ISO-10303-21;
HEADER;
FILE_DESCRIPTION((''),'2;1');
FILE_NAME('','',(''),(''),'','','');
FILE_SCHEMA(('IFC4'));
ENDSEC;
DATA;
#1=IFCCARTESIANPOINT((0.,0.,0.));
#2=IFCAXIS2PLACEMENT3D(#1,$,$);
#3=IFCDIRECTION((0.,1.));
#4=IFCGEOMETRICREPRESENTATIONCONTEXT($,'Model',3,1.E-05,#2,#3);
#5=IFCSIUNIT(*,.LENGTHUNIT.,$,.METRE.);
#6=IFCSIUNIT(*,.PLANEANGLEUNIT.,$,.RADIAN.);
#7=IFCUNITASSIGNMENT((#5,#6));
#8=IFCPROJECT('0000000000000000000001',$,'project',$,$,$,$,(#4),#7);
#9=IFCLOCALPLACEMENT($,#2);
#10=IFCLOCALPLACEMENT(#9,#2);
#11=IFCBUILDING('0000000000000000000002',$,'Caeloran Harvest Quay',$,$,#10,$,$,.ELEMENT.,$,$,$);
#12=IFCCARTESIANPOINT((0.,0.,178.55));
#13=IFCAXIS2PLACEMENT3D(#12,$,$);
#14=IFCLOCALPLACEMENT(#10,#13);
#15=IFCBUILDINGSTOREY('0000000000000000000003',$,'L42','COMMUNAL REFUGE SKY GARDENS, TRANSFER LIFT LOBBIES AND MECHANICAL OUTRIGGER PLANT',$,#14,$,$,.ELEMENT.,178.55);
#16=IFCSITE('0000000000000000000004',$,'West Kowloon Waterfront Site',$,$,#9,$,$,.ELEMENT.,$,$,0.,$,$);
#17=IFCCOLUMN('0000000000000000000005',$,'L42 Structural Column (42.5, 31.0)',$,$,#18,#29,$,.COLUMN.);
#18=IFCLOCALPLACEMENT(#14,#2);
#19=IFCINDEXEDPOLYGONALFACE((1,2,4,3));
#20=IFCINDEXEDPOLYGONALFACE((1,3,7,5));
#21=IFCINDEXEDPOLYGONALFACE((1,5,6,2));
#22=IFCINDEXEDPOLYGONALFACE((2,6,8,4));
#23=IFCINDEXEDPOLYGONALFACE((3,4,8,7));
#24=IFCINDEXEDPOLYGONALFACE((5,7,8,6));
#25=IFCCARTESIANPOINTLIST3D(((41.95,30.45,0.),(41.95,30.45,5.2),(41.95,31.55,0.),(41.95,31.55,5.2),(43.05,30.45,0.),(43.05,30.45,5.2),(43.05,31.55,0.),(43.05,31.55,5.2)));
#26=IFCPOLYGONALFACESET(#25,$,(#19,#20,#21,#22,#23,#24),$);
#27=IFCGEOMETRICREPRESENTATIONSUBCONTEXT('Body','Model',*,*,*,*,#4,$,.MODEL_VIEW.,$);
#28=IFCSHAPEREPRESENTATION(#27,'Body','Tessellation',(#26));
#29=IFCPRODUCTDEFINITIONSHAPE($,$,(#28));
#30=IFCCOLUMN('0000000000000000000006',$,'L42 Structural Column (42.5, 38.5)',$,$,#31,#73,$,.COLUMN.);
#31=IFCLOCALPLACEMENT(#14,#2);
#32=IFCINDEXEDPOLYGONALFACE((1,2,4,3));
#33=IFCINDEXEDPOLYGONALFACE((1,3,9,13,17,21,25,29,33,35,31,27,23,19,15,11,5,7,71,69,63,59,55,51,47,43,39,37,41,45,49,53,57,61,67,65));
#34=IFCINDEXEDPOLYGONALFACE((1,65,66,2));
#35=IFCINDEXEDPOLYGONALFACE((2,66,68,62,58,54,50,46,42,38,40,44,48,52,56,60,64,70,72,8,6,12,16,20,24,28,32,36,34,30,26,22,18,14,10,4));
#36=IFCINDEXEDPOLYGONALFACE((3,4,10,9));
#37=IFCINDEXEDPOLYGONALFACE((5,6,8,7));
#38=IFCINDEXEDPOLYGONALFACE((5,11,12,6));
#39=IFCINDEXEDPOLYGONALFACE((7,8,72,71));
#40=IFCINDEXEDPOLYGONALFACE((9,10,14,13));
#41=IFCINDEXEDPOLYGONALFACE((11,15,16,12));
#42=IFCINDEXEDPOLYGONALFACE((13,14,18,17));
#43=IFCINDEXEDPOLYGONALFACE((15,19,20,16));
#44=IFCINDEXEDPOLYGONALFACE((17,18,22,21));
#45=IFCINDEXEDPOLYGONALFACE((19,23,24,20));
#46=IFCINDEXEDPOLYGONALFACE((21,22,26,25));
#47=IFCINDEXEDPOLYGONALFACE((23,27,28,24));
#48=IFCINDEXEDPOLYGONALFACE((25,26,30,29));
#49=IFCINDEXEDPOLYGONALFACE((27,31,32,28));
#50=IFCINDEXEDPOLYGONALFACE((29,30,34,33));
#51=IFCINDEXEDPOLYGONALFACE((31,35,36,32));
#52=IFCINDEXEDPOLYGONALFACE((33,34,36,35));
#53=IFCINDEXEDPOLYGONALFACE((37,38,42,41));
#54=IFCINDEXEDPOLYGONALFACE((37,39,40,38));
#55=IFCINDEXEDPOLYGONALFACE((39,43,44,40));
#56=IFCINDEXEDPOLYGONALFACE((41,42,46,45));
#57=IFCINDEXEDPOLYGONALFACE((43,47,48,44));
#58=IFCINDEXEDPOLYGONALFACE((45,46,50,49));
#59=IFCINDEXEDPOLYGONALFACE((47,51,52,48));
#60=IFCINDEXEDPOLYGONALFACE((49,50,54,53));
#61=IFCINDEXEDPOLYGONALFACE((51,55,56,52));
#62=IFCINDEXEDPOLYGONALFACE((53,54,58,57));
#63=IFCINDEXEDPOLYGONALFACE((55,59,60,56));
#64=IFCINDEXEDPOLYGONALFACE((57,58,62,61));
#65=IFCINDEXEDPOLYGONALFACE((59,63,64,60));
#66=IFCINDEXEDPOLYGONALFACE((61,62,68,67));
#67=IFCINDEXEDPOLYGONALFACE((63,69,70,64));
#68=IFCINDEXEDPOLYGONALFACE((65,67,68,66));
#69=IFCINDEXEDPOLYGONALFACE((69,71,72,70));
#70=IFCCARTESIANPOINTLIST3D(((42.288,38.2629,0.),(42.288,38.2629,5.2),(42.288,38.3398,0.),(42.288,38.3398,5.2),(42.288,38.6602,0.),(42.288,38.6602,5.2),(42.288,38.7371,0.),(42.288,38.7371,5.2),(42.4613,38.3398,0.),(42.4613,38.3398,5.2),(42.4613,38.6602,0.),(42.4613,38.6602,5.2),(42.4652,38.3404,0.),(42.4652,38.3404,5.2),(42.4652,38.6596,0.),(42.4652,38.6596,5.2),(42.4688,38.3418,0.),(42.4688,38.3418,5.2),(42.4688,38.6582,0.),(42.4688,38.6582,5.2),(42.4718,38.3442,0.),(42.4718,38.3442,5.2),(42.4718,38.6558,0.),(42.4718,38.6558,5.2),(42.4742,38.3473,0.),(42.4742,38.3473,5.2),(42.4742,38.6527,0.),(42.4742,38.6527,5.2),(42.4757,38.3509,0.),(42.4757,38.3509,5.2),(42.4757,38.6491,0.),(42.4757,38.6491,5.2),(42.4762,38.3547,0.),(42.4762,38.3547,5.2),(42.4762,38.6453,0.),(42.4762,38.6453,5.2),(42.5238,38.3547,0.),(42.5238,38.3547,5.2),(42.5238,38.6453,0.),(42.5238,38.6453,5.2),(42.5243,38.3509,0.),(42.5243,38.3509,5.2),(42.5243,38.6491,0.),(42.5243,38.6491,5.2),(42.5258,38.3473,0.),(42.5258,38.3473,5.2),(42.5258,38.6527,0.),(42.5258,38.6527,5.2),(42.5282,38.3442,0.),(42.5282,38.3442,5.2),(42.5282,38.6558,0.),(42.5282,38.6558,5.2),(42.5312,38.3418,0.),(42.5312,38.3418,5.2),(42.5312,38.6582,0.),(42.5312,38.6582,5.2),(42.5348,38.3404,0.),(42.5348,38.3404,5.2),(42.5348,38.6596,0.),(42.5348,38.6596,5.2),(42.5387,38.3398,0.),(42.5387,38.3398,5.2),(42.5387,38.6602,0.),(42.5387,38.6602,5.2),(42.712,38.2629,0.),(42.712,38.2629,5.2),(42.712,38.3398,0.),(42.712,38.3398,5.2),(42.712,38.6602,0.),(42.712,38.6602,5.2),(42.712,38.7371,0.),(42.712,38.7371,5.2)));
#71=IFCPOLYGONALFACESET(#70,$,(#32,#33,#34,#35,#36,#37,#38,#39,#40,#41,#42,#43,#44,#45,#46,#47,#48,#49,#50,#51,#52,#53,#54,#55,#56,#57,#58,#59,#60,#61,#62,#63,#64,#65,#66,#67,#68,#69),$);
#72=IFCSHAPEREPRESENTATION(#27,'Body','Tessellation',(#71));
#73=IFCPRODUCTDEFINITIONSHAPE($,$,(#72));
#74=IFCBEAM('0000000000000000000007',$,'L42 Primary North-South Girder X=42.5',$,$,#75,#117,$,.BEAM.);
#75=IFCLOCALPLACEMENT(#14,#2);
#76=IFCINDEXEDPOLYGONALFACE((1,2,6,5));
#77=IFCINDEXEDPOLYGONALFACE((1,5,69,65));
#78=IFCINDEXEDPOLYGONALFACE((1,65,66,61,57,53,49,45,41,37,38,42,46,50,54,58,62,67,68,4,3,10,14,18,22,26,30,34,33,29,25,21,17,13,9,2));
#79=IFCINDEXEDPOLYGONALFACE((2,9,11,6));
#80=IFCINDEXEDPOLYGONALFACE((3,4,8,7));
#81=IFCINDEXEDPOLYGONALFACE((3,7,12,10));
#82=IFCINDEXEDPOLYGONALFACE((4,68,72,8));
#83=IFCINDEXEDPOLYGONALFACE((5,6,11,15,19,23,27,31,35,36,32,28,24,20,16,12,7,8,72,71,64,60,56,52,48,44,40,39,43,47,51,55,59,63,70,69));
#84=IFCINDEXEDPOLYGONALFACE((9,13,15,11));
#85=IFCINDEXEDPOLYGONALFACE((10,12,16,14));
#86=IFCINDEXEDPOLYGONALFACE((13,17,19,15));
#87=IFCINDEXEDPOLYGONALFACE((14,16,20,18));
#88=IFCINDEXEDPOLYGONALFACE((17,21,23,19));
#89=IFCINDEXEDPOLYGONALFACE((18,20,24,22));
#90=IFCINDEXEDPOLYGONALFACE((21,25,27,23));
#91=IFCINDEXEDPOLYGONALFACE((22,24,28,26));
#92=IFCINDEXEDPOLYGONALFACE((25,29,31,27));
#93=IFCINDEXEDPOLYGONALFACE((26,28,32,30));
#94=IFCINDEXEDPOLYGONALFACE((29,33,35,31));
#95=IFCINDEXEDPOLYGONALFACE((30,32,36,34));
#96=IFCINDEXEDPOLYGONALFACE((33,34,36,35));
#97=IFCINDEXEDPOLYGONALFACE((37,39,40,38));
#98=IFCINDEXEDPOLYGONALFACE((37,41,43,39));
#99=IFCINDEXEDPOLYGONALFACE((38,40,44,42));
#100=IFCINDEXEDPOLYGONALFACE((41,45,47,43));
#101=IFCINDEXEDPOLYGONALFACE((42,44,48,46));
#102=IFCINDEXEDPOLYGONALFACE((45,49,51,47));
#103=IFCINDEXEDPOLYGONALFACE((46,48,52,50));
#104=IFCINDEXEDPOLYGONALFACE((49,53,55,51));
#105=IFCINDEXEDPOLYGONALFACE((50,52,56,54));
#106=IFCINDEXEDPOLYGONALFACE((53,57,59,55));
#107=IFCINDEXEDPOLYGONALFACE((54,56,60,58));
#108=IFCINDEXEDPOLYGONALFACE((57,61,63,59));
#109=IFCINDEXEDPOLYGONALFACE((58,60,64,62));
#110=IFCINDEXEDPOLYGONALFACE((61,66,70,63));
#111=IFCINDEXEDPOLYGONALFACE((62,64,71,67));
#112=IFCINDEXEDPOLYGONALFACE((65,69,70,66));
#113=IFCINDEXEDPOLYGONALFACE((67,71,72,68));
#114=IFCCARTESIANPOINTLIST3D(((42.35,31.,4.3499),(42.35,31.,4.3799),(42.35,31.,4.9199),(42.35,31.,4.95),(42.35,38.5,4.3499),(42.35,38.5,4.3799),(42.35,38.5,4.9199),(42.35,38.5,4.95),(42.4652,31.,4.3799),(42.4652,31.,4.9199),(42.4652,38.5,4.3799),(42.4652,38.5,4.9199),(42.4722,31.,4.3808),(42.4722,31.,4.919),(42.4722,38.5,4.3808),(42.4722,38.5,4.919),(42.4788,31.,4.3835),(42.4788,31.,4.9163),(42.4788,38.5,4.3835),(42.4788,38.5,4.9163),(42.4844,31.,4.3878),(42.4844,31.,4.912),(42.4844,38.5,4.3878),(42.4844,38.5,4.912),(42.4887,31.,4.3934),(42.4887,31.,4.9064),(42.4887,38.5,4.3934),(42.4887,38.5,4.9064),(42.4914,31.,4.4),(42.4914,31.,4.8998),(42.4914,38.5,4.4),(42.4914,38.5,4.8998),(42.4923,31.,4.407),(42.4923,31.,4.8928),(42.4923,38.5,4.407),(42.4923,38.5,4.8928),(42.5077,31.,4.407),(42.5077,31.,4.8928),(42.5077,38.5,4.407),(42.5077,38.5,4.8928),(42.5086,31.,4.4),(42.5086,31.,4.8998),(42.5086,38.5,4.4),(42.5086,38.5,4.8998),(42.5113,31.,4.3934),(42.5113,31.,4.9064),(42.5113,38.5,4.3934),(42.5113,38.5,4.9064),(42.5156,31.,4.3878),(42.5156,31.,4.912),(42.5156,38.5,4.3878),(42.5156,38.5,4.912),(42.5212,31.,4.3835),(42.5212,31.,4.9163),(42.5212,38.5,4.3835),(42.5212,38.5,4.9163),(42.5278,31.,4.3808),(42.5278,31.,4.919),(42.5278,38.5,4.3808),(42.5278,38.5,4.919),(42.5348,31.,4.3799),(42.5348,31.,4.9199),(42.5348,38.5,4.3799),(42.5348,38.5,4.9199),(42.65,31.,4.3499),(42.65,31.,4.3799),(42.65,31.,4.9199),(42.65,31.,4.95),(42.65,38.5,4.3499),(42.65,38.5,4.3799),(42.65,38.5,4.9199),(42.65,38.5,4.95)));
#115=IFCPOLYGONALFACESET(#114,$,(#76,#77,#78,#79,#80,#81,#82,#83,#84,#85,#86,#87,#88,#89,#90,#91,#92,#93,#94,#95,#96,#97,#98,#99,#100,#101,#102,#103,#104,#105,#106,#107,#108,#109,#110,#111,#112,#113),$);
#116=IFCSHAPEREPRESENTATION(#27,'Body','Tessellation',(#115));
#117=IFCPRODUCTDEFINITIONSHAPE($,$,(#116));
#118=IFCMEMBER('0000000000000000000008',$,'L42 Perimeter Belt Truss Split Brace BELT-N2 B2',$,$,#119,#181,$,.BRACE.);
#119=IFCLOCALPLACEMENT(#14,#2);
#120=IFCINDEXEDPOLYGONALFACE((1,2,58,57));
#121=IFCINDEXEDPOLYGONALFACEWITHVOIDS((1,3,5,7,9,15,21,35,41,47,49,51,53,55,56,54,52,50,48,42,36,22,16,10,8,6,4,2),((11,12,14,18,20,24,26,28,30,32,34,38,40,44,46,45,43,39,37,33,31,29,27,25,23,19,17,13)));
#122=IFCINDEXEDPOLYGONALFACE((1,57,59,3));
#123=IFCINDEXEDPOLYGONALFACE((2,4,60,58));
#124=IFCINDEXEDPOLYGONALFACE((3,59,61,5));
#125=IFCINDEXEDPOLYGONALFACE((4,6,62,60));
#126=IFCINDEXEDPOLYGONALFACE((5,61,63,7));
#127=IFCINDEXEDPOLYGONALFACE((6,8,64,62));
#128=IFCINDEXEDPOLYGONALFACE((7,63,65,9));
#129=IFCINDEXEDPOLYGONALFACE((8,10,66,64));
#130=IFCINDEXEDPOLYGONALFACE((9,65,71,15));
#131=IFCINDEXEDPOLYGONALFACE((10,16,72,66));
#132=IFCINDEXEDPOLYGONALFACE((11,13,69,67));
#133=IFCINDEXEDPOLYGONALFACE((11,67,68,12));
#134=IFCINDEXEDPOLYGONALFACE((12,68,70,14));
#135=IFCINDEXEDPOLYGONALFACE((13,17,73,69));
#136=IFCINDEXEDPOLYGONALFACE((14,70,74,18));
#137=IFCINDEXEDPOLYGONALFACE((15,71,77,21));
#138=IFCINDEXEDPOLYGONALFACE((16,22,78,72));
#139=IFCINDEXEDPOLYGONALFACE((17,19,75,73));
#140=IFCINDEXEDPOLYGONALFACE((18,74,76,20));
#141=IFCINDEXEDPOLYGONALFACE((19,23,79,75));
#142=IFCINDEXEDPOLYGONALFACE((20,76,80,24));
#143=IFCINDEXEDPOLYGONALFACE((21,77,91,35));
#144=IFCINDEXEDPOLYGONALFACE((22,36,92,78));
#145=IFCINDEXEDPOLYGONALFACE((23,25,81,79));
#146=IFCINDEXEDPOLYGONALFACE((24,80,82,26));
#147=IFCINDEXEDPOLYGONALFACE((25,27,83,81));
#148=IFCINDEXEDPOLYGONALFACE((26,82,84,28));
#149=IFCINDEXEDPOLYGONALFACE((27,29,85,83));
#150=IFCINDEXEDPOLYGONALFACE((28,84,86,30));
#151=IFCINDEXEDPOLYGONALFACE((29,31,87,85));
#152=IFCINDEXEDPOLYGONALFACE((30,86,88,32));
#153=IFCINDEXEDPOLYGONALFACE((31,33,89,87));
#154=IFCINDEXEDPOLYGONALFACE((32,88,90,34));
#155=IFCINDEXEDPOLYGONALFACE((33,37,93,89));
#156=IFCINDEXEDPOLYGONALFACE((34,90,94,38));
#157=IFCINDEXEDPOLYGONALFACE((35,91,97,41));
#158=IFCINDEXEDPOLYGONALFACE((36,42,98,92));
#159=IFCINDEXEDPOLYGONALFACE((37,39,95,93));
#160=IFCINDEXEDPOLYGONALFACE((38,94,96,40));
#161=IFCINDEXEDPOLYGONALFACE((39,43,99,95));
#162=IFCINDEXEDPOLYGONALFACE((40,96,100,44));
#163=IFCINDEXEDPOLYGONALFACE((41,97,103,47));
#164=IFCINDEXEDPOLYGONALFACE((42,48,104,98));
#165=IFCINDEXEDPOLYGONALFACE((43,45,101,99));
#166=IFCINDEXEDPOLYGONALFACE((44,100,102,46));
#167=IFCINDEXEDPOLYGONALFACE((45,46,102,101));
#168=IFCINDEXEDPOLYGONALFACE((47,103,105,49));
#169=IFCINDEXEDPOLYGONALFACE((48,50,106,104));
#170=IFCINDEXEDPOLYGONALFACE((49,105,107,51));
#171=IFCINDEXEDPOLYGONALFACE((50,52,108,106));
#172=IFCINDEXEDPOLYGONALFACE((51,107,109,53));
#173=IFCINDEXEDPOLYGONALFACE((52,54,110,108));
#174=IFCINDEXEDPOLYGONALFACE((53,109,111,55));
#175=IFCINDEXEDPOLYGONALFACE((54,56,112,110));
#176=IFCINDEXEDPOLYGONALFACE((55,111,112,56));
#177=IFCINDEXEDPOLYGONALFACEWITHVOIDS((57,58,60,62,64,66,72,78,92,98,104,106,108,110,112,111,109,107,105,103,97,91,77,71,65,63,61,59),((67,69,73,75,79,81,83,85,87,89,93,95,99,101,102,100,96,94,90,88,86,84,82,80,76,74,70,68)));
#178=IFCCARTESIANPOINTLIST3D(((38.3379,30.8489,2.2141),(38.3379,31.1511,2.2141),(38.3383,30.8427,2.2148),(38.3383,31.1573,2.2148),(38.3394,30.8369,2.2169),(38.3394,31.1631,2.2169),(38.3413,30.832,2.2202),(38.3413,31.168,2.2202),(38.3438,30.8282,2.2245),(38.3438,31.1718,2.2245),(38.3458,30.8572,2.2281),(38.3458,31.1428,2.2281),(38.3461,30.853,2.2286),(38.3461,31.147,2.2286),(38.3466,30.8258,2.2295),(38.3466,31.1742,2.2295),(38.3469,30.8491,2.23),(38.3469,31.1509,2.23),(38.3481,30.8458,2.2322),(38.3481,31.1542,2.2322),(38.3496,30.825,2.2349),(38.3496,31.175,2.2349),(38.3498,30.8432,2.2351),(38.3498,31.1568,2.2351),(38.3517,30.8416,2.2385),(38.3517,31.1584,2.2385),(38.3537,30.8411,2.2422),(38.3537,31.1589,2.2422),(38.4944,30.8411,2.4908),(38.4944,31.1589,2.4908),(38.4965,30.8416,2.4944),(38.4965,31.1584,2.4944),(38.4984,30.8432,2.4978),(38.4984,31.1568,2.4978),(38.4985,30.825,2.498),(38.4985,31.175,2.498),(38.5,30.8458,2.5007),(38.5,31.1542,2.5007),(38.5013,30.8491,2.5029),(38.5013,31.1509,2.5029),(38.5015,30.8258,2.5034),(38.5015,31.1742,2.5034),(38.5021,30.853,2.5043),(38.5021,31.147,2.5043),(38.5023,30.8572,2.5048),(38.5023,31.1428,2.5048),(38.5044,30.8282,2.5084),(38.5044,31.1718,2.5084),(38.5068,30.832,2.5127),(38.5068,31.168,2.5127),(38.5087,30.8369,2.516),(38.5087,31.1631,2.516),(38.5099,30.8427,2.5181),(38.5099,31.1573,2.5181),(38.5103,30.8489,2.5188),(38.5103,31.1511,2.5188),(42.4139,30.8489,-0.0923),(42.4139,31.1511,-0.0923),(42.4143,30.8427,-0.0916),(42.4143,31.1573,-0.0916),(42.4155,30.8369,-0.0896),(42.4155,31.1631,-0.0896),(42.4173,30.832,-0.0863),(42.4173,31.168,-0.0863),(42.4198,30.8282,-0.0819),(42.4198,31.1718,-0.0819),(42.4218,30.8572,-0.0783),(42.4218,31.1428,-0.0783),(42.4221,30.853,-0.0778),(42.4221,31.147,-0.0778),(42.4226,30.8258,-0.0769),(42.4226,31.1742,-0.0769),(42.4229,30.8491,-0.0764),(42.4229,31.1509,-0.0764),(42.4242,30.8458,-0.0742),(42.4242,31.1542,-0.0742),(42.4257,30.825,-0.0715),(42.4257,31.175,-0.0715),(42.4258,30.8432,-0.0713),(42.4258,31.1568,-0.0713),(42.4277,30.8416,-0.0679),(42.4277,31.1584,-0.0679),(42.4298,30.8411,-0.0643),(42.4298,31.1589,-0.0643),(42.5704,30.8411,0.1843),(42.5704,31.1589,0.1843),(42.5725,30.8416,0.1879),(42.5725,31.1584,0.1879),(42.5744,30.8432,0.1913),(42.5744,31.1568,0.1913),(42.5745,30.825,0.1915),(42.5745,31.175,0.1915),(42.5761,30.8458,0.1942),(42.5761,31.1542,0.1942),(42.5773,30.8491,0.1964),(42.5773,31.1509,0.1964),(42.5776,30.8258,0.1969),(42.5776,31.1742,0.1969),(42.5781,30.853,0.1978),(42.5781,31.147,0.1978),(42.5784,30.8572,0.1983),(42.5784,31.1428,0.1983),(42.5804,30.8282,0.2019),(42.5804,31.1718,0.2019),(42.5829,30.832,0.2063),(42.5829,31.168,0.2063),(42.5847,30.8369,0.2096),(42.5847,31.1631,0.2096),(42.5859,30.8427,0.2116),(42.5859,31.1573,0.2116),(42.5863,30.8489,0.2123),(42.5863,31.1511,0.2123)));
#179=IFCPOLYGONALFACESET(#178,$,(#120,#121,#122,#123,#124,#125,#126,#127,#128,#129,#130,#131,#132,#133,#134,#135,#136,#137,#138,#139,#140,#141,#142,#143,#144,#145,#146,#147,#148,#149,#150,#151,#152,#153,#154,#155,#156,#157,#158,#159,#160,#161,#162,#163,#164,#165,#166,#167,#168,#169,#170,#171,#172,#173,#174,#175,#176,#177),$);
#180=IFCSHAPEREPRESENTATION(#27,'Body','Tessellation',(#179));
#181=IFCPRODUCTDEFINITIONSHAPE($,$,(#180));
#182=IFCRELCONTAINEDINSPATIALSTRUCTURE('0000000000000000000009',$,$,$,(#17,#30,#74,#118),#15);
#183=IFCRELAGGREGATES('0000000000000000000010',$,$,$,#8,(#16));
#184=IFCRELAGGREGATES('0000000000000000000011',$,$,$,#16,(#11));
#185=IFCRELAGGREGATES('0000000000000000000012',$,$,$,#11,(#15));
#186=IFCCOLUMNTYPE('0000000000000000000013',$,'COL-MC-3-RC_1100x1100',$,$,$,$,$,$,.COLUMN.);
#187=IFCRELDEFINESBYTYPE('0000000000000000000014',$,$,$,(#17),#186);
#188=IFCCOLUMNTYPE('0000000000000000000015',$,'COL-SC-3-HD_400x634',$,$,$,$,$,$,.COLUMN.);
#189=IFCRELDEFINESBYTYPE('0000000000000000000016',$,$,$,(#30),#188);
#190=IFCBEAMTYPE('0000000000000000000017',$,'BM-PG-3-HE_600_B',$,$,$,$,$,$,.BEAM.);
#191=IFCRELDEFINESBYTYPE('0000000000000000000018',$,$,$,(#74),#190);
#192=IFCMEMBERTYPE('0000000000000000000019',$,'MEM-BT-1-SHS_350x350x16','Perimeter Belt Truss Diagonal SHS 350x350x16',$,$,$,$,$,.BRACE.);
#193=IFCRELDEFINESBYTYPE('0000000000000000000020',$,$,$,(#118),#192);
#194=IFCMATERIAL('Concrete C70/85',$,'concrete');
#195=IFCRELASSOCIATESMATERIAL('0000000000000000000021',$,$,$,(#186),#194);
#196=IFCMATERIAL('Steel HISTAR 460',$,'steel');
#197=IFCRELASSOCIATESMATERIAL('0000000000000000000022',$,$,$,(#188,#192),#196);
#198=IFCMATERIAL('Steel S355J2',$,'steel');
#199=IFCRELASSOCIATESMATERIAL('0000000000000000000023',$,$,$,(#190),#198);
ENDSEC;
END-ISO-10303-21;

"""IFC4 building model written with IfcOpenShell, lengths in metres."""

from ifc_helpers import new_model, si_unit, direction, frame, origin, origin_2d, place, context, subcontext, project, spatial, rectangle, hollow_rectangle, i_section, extrude, material, material_profile, profile_set, type_object, element, save


model = new_model("IFC4")

# Units and contexts
model_context = context("Model", 3, precision=1e-05, world=origin(), true_north=direction((0.0, 1.0)))
body_context = subcontext(model_context, "Body", "Model", "MODEL_VIEW")
ifc_project = project(units=[si_unit("LENGTHUNIT", "METRE"), si_unit("PLANEANGLEUNIT", "RADIAN")], contexts=[model_context])

# Site, building, storey
site_placement = place(None, origin())
site = spatial("IfcSite", under=ifc_project, at=site_placement, Name="West Kowloon Waterfront Site", CompositionType="ELEMENT", RefElevation=0.0)
building_placement = place(site_placement, origin())
building = spatial("IfcBuilding", under=site, at=building_placement, Name="Caeloran Harvest Quay", CompositionType="ELEMENT")
storey_placement = place(building_placement, frame((0.0, 0.0, 178.55)))
storey = spatial("IfcBuildingStorey", under=building, at=storey_placement, Name="L42", Description="COMMUNAL REFUGE SKY GARDENS, TRANSFER LIFT LOBBIES AND MECHANICAL OUTRIGGER PLANT", CompositionType="ELEMENT", Elevation=178.55)

# Columns
ifc_material_1 = material(Name="Concrete C70/85", Category="concrete")
ifc_material_profile_1 = material_profile(ifc_material_1, rectangle(XDim=1.1001, YDim=1.1001, at=origin_2d()), Name="RC 1100x1100")
ifc_profile_set_1 = profile_set([ifc_material_profile_1], Name="Concrete C70/85")
column_type_1 = type_object("IfcColumnType", Name="COL-MC-3-RC_1100x1100", PredefinedType="COLUMN", material=ifc_profile_set_1)
column_1_placement = place(storey_placement, frame((42.5, 31.0, 0.0), z_axis=(0.0, 0.0, 1.0), x_axis=(1.0, 0.0, 0.0)))
element("IfcColumn", 1, at=column_1_placement, inside=storey, type_object=column_type_1, Name="L42 Structural Column (42.5, 31.0)", PredefinedType="COLUMN", context=body_context, shape_type="SweptSolid", body=[
    extrude(rectangle(XDim=1.1001, YDim=1.1001, at=origin_2d()), origin(), (0.0, 0.0, 1.0), 5.2),
])
ifc_material_2 = material(Name="Steel HISTAR 460", Category="steel")
ifc_material_profile_2 = material_profile(ifc_material_2, i_section(OverallWidth=0.4241, OverallDepth=0.4741, WebThickness=0.0476, FlangeThickness=0.0769, FilletRadius=0.0149, at=origin_2d()), Name="HD 400x634")
ifc_profile_set_2 = profile_set([ifc_material_profile_2], Name="Steel HISTAR 460")
column_type_2 = type_object("IfcColumnType", Name="COL-SC-3-HD_400x634", PredefinedType="COLUMN", material=ifc_profile_set_2)
column_2_placement = place(storey_placement, frame((42.5, 38.5, 0.0), z_axis=(0.0, 0.0, 1.0), x_axis=(1.0, 0.0, 0.0)))
element("IfcColumn", 2, at=column_2_placement, inside=storey, type_object=column_type_2, Name="L42 Structural Column (42.5, 38.5)", PredefinedType="COLUMN", context=body_context, shape_type="SweptSolid", body=[
    extrude(i_section(OverallWidth=0.4241, OverallDepth=0.4741, WebThickness=0.0476, FlangeThickness=0.0769, FilletRadius=0.0149, at=origin_2d()), origin(), (0.0, 0.0, 1.0), 5.2),
])

# Beam
ifc_material_3 = material(Name="Steel S355J2", Category="steel")
ifc_material_profile_3 = material_profile(ifc_material_3, i_section(OverallWidth=0.3, OverallDepth=0.6001, WebThickness=0.0154, FlangeThickness=0.03, FilletRadius=0.0271, at=origin_2d()), Name="HE 600 B")
ifc_profile_set_3 = profile_set([ifc_material_profile_3], Name="Steel S355J2")
beam_type = type_object("IfcBeamType", Name="BM-PG-3-HE_600_B", PredefinedType="BEAM", material=ifc_profile_set_3)
beam_placement = place(storey_placement, frame((42.5, 31.0, 4.6499), z_axis=(0.0, 1.0, 0.0), x_axis=(-1.0, 0.0, 0.0)))
element("IfcBeam", 3, at=beam_placement, inside=storey, type_object=beam_type, Name="L42 Primary North-South Girder X=42.5", PredefinedType="BEAM", context=body_context, shape_type="SweptSolid", body=[
    extrude(i_section(OverallWidth=0.3, OverallDepth=0.6001, WebThickness=0.0154, FlangeThickness=0.03, FilletRadius=0.0271, at=origin_2d()), origin(), (0.0, 0.0, 1.0), 7.5),
])

# Member
ifc_material_profile_4 = material_profile(ifc_material_2, hollow_rectangle(XDim=0.3501, YDim=0.3501, WallThickness=0.0161, InnerFilletRadius=0.0161, OuterFilletRadius=0.0239, at=origin_2d()), Name="SHS 350x350x16")
ifc_profile_set_4 = profile_set([ifc_material_profile_4], Name="Steel HISTAR 460")
member_type = type_object("IfcMemberType", Name="MEM-BT-1-SHS_350x350x16", Description="Perimeter Belt Truss Diagonal SHS 350x350x16", PredefinedType="BRACE", material=ifc_profile_set_4)
member_placement = place(storey_placement, frame((38.4241, 31.0, 2.3665), z_axis=(0.870324, 0.0, -0.49248), x_axis=(0.0, 1.0, 0.0)))
element("IfcMember", 4, at=member_placement, inside=storey, type_object=member_type, Name="L42 Perimeter Belt Truss Split Brace BELT-N2 B2", PredefinedType="BRACE", context=body_context, shape_type="SweptSolid", body=[
    extrude(hollow_rectangle(XDim=0.3501, YDim=0.3501, WallThickness=0.0161, InnerFilletRadius=0.0161, OuterFilletRadius=0.0239, at=origin_2d()), origin(), (0.0, 0.0, 1.0), 4.6833),
])

save(model, "model.ifc")
